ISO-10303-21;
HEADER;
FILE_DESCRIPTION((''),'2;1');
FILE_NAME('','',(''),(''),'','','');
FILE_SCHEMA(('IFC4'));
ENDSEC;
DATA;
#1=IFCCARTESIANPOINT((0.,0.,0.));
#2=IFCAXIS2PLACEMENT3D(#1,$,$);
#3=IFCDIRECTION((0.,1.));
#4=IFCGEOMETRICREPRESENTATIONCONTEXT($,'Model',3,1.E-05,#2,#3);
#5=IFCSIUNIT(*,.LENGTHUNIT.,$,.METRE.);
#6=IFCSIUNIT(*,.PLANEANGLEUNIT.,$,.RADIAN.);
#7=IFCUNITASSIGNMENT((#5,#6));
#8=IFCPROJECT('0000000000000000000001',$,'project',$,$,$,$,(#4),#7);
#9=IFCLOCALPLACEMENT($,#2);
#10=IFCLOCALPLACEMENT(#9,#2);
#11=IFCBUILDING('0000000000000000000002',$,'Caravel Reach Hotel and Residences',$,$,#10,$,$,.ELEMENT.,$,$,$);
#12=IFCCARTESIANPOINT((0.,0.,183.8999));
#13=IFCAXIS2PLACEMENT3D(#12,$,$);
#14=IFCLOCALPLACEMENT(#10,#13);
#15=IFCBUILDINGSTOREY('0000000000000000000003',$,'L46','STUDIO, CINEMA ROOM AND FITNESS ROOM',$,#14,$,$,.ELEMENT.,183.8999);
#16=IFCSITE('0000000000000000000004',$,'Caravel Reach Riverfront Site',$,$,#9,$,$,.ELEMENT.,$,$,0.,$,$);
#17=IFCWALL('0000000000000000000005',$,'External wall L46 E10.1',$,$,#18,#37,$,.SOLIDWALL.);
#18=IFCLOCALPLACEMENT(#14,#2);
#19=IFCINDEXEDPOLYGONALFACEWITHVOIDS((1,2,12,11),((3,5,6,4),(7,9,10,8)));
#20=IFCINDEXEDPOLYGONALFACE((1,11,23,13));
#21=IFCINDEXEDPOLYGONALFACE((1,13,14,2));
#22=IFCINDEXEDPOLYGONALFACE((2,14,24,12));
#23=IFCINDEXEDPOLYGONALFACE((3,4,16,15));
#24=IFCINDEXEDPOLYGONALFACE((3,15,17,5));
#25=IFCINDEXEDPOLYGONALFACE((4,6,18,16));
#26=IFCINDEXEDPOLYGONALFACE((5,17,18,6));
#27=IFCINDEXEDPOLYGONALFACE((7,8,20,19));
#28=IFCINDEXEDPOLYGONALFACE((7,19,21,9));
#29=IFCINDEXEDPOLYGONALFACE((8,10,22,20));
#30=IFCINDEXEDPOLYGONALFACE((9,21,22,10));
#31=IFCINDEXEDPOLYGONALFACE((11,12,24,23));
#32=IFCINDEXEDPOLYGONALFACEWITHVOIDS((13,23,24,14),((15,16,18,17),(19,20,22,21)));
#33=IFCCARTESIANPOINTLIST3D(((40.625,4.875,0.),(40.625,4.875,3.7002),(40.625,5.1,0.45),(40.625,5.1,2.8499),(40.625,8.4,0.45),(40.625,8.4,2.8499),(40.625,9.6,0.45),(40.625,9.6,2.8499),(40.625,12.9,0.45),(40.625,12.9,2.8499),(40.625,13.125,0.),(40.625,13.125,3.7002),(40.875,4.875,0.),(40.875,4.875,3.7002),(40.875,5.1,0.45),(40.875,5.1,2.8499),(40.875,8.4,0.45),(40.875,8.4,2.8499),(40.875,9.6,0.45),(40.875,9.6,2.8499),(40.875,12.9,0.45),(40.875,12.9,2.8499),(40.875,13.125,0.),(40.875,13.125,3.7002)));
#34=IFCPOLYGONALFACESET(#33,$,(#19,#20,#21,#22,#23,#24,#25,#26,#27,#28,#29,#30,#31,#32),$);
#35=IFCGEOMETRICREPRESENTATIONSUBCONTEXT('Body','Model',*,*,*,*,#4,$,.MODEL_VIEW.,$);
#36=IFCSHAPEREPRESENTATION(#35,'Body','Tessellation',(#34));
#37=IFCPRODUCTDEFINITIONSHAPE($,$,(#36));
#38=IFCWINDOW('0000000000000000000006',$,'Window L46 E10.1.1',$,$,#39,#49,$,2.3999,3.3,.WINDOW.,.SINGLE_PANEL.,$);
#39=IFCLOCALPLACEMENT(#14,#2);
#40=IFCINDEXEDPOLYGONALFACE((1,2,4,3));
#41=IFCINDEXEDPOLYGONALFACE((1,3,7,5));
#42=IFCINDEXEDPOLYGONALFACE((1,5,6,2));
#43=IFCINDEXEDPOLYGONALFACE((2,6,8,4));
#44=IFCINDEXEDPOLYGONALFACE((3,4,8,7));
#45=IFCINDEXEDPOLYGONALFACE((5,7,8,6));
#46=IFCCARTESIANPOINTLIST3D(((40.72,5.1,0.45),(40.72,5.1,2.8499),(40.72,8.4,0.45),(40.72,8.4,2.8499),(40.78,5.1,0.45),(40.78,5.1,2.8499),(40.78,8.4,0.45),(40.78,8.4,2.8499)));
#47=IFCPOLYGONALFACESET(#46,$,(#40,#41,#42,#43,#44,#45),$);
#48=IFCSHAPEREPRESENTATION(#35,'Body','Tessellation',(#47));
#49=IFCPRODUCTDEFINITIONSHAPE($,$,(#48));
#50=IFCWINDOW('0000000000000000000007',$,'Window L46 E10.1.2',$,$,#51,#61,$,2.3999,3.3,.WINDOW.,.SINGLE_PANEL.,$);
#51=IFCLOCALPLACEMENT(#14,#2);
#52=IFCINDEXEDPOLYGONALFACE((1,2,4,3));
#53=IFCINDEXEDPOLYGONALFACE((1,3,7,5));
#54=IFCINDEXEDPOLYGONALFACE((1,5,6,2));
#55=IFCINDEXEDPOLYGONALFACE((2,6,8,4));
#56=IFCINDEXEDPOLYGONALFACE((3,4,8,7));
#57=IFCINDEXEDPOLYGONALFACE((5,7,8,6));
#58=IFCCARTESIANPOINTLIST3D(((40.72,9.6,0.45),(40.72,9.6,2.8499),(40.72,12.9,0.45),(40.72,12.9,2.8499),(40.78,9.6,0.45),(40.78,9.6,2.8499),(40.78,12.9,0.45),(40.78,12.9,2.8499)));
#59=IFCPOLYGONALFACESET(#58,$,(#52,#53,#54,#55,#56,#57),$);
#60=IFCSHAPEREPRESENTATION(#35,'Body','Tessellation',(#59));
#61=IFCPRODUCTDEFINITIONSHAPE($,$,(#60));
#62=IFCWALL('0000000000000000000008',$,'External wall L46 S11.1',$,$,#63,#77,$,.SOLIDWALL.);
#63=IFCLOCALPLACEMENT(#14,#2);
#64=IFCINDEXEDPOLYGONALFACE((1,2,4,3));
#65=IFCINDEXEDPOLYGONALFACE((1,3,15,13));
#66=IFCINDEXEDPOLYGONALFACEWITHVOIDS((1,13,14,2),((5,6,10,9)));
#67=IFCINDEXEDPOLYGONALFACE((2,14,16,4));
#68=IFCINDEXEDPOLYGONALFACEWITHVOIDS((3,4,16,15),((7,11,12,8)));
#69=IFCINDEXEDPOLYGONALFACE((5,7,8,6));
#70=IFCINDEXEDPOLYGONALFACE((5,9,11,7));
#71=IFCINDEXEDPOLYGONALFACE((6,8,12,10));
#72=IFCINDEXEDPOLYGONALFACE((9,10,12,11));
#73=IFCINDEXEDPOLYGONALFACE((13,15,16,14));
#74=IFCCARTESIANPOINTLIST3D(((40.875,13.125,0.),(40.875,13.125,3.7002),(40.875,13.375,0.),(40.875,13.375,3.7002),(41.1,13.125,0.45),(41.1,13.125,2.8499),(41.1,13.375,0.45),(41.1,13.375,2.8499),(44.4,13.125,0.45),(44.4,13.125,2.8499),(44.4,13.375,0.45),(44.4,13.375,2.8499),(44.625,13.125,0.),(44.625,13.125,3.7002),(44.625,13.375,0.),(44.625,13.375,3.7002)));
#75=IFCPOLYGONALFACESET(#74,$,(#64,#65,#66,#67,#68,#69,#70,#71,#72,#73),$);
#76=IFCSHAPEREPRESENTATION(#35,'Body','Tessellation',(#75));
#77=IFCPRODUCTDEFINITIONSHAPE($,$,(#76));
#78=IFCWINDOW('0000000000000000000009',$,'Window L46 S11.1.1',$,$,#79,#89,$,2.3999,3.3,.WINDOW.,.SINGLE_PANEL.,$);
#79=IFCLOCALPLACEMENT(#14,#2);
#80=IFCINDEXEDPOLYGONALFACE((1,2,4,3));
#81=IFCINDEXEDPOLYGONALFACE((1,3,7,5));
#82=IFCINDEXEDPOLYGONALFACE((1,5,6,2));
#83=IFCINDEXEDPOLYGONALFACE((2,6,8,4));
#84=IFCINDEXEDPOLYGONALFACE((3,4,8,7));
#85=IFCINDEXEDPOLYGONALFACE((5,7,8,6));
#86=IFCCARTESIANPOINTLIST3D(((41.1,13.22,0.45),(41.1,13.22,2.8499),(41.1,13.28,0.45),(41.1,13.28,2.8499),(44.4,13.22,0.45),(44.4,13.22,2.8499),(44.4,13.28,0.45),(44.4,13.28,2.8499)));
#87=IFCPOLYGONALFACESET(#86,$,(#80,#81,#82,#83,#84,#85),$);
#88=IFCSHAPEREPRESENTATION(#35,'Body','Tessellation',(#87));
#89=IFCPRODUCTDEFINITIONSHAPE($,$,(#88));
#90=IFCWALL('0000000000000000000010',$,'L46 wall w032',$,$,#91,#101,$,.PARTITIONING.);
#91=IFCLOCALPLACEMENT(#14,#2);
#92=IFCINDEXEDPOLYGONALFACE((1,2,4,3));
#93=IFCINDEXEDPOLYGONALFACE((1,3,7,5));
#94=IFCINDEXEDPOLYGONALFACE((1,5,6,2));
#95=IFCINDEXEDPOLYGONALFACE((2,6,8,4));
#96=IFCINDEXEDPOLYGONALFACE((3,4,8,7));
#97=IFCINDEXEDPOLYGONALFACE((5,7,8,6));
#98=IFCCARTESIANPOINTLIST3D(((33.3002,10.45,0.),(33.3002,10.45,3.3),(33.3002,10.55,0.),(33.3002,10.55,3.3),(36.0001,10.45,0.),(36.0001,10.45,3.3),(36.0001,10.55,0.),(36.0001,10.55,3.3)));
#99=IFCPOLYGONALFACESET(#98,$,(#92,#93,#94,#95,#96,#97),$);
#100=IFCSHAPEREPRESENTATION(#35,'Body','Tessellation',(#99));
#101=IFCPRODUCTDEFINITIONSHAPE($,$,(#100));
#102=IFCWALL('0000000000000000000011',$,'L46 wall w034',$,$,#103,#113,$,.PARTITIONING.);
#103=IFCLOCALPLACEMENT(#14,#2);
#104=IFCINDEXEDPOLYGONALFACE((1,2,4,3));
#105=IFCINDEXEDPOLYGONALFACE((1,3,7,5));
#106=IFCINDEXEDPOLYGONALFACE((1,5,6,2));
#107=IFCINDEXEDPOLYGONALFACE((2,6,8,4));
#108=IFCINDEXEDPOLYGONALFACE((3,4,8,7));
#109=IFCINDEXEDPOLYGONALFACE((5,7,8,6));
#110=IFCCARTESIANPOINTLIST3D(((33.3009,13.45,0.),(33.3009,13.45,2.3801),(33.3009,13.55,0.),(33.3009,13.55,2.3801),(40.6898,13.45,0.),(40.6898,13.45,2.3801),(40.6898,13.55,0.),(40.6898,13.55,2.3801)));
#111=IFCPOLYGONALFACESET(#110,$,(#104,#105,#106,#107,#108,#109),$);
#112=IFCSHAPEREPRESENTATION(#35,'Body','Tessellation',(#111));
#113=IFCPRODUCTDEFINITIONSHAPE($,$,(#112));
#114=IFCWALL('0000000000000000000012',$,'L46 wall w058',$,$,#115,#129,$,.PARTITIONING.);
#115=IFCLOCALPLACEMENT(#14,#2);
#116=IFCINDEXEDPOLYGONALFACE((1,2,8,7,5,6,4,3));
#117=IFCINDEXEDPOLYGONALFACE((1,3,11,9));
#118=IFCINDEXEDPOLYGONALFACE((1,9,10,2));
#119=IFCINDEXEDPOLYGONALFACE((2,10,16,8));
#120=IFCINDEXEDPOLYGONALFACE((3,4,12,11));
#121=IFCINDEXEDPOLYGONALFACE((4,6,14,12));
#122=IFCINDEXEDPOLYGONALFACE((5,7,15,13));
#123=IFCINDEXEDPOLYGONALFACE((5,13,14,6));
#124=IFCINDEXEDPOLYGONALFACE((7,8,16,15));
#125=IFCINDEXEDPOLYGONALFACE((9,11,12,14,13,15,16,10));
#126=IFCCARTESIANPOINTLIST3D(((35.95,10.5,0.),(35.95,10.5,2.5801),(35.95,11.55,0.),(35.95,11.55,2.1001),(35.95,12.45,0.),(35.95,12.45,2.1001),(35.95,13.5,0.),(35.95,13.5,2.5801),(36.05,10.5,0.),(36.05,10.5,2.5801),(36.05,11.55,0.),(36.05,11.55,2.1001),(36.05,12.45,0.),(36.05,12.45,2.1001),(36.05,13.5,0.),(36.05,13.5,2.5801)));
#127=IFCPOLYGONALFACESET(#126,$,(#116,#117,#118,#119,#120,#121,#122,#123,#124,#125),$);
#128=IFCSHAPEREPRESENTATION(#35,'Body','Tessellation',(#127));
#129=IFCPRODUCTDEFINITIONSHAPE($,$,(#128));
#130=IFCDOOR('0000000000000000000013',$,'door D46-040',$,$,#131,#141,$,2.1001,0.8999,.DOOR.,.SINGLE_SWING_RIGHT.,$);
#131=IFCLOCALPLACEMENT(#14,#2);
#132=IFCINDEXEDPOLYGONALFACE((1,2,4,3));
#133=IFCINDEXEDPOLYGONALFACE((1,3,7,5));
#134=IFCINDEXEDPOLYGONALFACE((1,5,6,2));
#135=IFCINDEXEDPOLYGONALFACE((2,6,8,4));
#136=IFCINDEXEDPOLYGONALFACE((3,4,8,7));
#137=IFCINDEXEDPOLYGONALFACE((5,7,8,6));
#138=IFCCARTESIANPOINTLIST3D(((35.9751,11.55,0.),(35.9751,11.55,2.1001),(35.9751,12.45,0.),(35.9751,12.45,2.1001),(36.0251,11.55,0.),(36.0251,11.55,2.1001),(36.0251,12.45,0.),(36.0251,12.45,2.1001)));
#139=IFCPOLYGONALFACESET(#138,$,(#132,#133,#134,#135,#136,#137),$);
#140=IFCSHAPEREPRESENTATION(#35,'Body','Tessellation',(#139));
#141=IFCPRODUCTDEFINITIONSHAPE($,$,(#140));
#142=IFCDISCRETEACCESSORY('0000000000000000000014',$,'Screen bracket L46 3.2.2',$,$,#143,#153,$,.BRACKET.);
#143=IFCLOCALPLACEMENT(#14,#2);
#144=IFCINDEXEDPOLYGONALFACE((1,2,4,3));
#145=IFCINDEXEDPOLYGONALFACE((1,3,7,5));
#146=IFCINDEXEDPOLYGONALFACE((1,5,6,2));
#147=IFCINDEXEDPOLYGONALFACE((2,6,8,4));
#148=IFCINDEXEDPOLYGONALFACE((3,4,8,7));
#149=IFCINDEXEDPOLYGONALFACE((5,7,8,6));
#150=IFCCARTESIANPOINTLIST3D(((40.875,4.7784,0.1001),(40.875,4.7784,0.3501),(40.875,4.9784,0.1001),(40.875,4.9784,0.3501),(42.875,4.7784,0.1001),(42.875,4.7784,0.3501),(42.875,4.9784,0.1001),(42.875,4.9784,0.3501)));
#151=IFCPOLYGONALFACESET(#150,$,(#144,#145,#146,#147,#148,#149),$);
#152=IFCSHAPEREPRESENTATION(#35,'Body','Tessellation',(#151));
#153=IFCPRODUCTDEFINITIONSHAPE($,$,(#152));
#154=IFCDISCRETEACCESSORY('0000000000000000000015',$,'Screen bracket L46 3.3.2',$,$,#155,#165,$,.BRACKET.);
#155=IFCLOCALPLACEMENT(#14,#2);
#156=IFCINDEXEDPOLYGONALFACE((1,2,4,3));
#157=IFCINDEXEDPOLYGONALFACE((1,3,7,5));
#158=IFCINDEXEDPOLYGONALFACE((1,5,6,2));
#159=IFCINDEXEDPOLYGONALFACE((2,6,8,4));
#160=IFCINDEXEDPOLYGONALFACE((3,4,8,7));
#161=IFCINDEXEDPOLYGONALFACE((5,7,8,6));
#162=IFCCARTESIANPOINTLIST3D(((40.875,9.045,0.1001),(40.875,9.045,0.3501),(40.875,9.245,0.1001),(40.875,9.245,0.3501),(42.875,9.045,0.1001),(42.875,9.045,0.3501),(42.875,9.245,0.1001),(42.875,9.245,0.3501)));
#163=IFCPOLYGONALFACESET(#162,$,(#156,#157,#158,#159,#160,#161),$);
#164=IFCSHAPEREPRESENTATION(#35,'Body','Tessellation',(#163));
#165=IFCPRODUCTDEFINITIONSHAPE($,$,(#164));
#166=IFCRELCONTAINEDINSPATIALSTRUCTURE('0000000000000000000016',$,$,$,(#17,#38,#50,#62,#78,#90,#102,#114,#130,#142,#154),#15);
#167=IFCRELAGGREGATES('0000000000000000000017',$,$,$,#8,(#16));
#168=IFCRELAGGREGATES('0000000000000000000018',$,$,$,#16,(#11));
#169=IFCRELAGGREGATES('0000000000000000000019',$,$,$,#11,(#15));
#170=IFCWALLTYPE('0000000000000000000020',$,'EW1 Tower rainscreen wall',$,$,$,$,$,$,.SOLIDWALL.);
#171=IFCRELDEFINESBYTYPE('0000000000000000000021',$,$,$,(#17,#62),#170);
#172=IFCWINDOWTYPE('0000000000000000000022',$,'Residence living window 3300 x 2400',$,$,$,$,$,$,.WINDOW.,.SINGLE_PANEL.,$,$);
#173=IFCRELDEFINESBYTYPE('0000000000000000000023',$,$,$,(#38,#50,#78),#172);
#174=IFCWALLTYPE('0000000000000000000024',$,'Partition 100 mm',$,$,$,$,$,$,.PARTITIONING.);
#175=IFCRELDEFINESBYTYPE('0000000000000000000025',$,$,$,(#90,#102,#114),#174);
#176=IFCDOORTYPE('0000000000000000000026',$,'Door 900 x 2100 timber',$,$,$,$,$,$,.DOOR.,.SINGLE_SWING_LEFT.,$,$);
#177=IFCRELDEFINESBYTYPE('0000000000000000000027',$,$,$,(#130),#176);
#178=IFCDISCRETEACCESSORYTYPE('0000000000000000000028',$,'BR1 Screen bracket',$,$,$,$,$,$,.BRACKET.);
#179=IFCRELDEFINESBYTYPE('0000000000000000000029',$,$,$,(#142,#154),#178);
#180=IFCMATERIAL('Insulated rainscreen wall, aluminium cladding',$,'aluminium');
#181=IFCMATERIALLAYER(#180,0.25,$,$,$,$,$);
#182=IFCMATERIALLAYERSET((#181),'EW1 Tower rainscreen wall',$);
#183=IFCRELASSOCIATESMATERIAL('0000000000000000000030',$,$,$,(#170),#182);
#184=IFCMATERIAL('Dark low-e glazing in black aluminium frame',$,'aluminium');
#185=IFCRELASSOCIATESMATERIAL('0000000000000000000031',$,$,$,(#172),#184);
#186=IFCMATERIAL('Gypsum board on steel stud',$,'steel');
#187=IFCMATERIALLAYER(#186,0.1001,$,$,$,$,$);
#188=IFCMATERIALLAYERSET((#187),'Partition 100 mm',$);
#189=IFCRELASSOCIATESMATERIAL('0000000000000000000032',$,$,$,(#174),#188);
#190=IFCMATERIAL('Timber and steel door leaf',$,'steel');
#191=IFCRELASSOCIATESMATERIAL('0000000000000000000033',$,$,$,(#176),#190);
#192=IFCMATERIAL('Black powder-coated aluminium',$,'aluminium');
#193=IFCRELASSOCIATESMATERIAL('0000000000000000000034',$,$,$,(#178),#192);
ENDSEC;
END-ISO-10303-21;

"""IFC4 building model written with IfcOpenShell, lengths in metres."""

from ifc_helpers import new_model, si_unit, direction, frame, frame_2d, origin, origin_2d, place, context, subcontext, project, spatial, rectangle, extrude, material, layer, layer_set, type_object, element, fill, save


model = new_model("IFC4")

# Units and contexts
model_context = context("Model", 3, precision=1e-05, world=origin(), true_north=direction((0.0, 1.0)))
body_context = subcontext(model_context, "Body", "Model", "MODEL_VIEW")
ifc_project = project(units=[si_unit("LENGTHUNIT", "METRE"), si_unit("PLANEANGLEUNIT", "RADIAN")], contexts=[model_context])

# Site, building, storey
site_placement = place(None, origin())
site = spatial("IfcSite", under=ifc_project, at=site_placement, Name="Caravel Reach Riverfront Site", CompositionType="ELEMENT", RefElevation=0.0)
building_placement = place(site_placement, origin())
building = spatial("IfcBuilding", under=site, at=building_placement, Name="Caravel Reach Hotel and Residences", CompositionType="ELEMENT")
storey_placement = place(building_placement, frame((0.0, 0.0, 183.8999)))
storey = spatial("IfcBuildingStorey", under=building, at=storey_placement, Name="L46", Description="STUDIO, CINEMA ROOM AND FITNESS ROOM", CompositionType="ELEMENT", Elevation=183.8999)

# Wall, openings, windows
ifc_material_1 = material(Name="Insulated rainscreen wall, aluminium cladding", Category="aluminium")
ifc_layer_1 = layer(ifc_material_1, 0.25)
ifc_layer_set_1 = layer_set([ifc_layer_1], Name="EW1 Tower rainscreen wall")
wall_type_1 = type_object("IfcWallType", Name="EW1 Tower rainscreen wall", PredefinedType="SOLIDWALL", material=ifc_layer_set_1)
wall_1_placement = place(storey_placement, frame((40.75, 4.875, 0.0), z_axis=(0.0, 0.0, 1.0), x_axis=(0.0, 1.0, 0.0)))
wall_1 = element("IfcWall", 1, at=wall_1_placement, inside=storey, type_object=wall_type_1, Name="External wall L46 E10.1", PredefinedType="SOLIDWALL", context=body_context, shape_type="SweptSolid", body=[
    extrude(rectangle(XDim=8.25, YDim=0.25, at=frame_2d((4.125, 0.0))), origin(), (0.0, 0.0, 1.0), 3.7002),
])
opening_1_placement = place(wall_1_placement, frame((0.2251, 0.0, 0.45)))
opening_1 = element("IfcOpeningElement", 2, at=opening_1_placement, cuts=wall_1, PredefinedType="OPENING", context=body_context, shape_type="SweptSolid", body=[
    extrude(rectangle(XDim=3.3, YDim=2.3999, at=frame_2d((1.6499, 1.2))), frame((0.0, 0.135, 0.0), z_axis=(0.0, -1.0, 0.0), x_axis=(1.0, 0.0, 0.0)), (0.0, 0.0, 1.0), 0.27),
])
opening_2_placement = place(wall_1_placement, frame((4.7251, 0.0, 0.45)))
opening_2 = element("IfcOpeningElement", 3, at=opening_2_placement, cuts=wall_1, PredefinedType="OPENING", context=body_context, shape_type="SweptSolid", body=[
    extrude(rectangle(XDim=3.3, YDim=2.3999, at=frame_2d((1.6499, 1.2))), frame((0.0, 0.135, 0.0), z_axis=(0.0, -1.0, 0.0), x_axis=(1.0, 0.0, 0.0)), (0.0, 0.0, 1.0), 0.27),
])
ifc_material_2 = material(Name="Dark low-e glazing in black aluminium frame", Category="aluminium")
window_type = type_object("IfcWindowType", Name="Residence living window 3300 x 2400", PartitioningType="SINGLE_PANEL", PredefinedType="WINDOW", material=ifc_material_2)
window_1_placement = place(opening_1_placement, origin())
window_1 = element("IfcWindow", 4, at=window_1_placement, inside=storey, type_object=window_type, Name="Window L46 E10.1.1", OverallHeight=2.3999, OverallWidth=3.3, PartitioningType="SINGLE_PANEL", PredefinedType="WINDOW", context=body_context, shape_type="SweptSolid", body=[
    extrude(rectangle(XDim=3.3, YDim=2.3999, at=frame_2d((1.6499, 1.2))), frame((0.0, 0.03, 0.0), z_axis=(0.0, -1.0, 0.0), x_axis=(1.0, 0.0, 0.0)), (0.0, 0.0, 1.0), 0.0601),
])
fill(opening_1, window_1)
window_2_placement = place(opening_2_placement, origin())
window_2 = element("IfcWindow", 5, at=window_2_placement, inside=storey, type_object=window_type, Name="Window L46 E10.1.2", OverallHeight=2.3999, OverallWidth=3.3, PartitioningType="SINGLE_PANEL", PredefinedType="WINDOW", context=body_context, shape_type="SweptSolid", body=[
    extrude(rectangle(XDim=3.3, YDim=2.3999, at=frame_2d((1.6499, 1.2))), frame((0.0, 0.03, 0.0), z_axis=(0.0, -1.0, 0.0), x_axis=(1.0, 0.0, 0.0)), (0.0, 0.0, 1.0), 0.0601),
])
fill(opening_2, window_2)

# Wall, opening, window
wall_2_placement = place(storey_placement, frame((40.875, 13.25, 0.0), z_axis=(0.0, 0.0, 1.0), x_axis=(1.0, 0.0, 0.0)))
wall_2 = element("IfcWall", 6, at=wall_2_placement, inside=storey, type_object=wall_type_1, Name="External wall L46 S11.1", PredefinedType="SOLIDWALL", context=body_context, shape_type="SweptSolid", body=[
    extrude(rectangle(XDim=3.75, YDim=0.25, at=frame_2d((1.875, 0.0))), origin(), (0.0, 0.0, 1.0), 3.7002),
])
opening_3_placement = place(wall_2_placement, frame((0.2251, 0.0, 0.45)))
opening_3 = element("IfcOpeningElement", 7, at=opening_3_placement, cuts=wall_2, PredefinedType="OPENING", context=body_context, shape_type="SweptSolid", body=[
    extrude(rectangle(XDim=3.3, YDim=2.3999, at=frame_2d((1.6499, 1.2))), frame((0.0, 0.135, 0.0), z_axis=(0.0, -1.0, 0.0), x_axis=(1.0, 0.0, 0.0)), (0.0, 0.0, 1.0), 0.27),
])
window_3_placement = place(opening_3_placement, origin())
window_3 = element("IfcWindow", 8, at=window_3_placement, inside=storey, type_object=window_type, Name="Window L46 S11.1.1", OverallHeight=2.3999, OverallWidth=3.3, PartitioningType="SINGLE_PANEL", PredefinedType="WINDOW", context=body_context, shape_type="SweptSolid", body=[
    extrude(rectangle(XDim=3.3, YDim=2.3999, at=frame_2d((1.6499, 1.2))), frame((0.0, 0.03, 0.0), z_axis=(0.0, -1.0, 0.0), x_axis=(1.0, 0.0, 0.0)), (0.0, 0.0, 1.0), 0.0601),
])
fill(opening_3, window_3)

# Walls
ifc_material_3 = material(Name="Gypsum board on steel stud", Category="steel")
ifc_layer_2 = layer(ifc_material_3, 0.1001)
ifc_layer_set_2 = layer_set([ifc_layer_2], Name="Partition 100 mm")
wall_type_2 = type_object("IfcWallType", Name="Partition 100 mm", PredefinedType="PARTITIONING", material=ifc_layer_set_2)
wall_3_placement = place(storey_placement, frame((33.3, 10.5, 0.0), z_axis=(0.0, 0.0, 1.0), x_axis=(1.0, 0.0, 0.0)))
element("IfcWall", 9, at=wall_3_placement, inside=storey, type_object=wall_type_2, Name="L46 wall w032", PredefinedType="PARTITIONING", context=body_context, shape_type="SweptSolid", body=[
    extrude(rectangle(XDim=2.7, YDim=0.1001, at=frame_2d((1.3501, 0.0))), origin(), (0.0, 0.0, 1.0), 3.3),
])
wall_4_placement = place(storey_placement, frame((33.301, 13.5, 0.0), z_axis=(0.0, 0.0, 1.0), x_axis=(1.0, 0.0, 0.0)))
element("IfcWall", 10, at=wall_4_placement, inside=storey, type_object=wall_type_2, Name="L46 wall w034", PredefinedType="PARTITIONING", context=body_context, shape_type="SweptSolid", body=[
    extrude(rectangle(XDim=7.3889, YDim=0.1001, at=frame_2d((3.6943, 0.0))), origin(), (0.0, 0.0, 1.0), 2.3801),
])

# Wall, opening, door
wall_5_placement = place(storey_placement, frame((36.0, 10.5, 0.0), z_axis=(0.0, 0.0, 1.0), x_axis=(0.0, 1.0, 0.0)))
wall_5 = element("IfcWall", 11, at=wall_5_placement, inside=storey, type_object=wall_type_2, Name="L46 wall w058", PredefinedType="PARTITIONING", context=body_context, shape_type="SweptSolid", body=[
    extrude(rectangle(XDim=3.0, YDim=0.1001, at=frame_2d((1.5, 0.0))), origin(), (0.0, 0.0, 1.0), 2.5801),
])
opening_4_placement = place(wall_5_placement, frame((1.05, 0.0, 0.0)))
opening_4 = element("IfcOpeningElement", 12, at=opening_4_placement, cuts=wall_5, PredefinedType="OPENING", context=body_context, shape_type="SweptSolid", body=[
    extrude(rectangle(XDim=0.8999, YDim=2.1001, at=frame_2d((0.45, 1.05))), frame((0.0, 0.0601, 0.0), z_axis=(0.0, -1.0, 0.0), x_axis=(1.0, 0.0, 0.0)), (0.0, 0.0, 1.0), 0.1201),
])
ifc_material_4 = material(Name="Timber and steel door leaf", Category="steel")
door_type_1 = type_object("IfcDoorType", Name="Door 900 x 2100 timber", OperationType="SINGLE_SWING_LEFT", PredefinedType="DOOR", material=ifc_material_4)
door_1_placement = place(opening_4_placement, origin())
door_1 = element("IfcDoor", 13, at=door_1_placement, inside=storey, type_object=door_type_1, Name="door D46-040", OperationType="SINGLE_SWING_RIGHT", OverallHeight=2.1001, OverallWidth=0.8999, PredefinedType="DOOR", context=body_context, shape_type="SweptSolid", body=[
    extrude(rectangle(XDim=0.8999, YDim=2.1001, at=frame_2d((0.45, 1.05))), frame((0.0, 0.0249, 0.0), z_axis=(0.0, -1.0, 0.0), x_axis=(1.0, 0.0, 0.0)), (0.0, 0.0, 1.0), 0.05),
])
fill(opening_4, door_1)

# Discrete accessories
ifc_material_5 = material(Name="Black powder-coated aluminium", Category="aluminium")
discrete_accessory_type = type_object("IfcDiscreteAccessoryType", Name="BR1 Screen bracket", PredefinedType="BRACKET", material=ifc_material_5)
for number, where, z_axis, x_axis, name in (
    (14, (41.875, 4.8784, 0.1001), (0.0, 0.0, 1.0), (1.0, 0.0, 0.0), "Screen bracket L46 3.2.2"),
    (15, (41.875, 9.145, 0.1001), (0.0, 0.0, 1.0), (1.0, 0.0, 0.0), "Screen bracket L46 3.3.2"),
):
    element("IfcDiscreteAccessory", number, at=place(storey_placement, frame(where, z_axis=z_axis, x_axis=x_axis)), inside=storey, type_object=discrete_accessory_type, Name=name, PredefinedType="BRACKET", context=body_context, shape_type="SweptSolid", body=[
        extrude(rectangle(XDim=2.0, YDim=0.2, at=origin_2d()), origin(), (0.0, 0.0, 1.0), 0.25),
    ])

save(model, "model.ifc")
